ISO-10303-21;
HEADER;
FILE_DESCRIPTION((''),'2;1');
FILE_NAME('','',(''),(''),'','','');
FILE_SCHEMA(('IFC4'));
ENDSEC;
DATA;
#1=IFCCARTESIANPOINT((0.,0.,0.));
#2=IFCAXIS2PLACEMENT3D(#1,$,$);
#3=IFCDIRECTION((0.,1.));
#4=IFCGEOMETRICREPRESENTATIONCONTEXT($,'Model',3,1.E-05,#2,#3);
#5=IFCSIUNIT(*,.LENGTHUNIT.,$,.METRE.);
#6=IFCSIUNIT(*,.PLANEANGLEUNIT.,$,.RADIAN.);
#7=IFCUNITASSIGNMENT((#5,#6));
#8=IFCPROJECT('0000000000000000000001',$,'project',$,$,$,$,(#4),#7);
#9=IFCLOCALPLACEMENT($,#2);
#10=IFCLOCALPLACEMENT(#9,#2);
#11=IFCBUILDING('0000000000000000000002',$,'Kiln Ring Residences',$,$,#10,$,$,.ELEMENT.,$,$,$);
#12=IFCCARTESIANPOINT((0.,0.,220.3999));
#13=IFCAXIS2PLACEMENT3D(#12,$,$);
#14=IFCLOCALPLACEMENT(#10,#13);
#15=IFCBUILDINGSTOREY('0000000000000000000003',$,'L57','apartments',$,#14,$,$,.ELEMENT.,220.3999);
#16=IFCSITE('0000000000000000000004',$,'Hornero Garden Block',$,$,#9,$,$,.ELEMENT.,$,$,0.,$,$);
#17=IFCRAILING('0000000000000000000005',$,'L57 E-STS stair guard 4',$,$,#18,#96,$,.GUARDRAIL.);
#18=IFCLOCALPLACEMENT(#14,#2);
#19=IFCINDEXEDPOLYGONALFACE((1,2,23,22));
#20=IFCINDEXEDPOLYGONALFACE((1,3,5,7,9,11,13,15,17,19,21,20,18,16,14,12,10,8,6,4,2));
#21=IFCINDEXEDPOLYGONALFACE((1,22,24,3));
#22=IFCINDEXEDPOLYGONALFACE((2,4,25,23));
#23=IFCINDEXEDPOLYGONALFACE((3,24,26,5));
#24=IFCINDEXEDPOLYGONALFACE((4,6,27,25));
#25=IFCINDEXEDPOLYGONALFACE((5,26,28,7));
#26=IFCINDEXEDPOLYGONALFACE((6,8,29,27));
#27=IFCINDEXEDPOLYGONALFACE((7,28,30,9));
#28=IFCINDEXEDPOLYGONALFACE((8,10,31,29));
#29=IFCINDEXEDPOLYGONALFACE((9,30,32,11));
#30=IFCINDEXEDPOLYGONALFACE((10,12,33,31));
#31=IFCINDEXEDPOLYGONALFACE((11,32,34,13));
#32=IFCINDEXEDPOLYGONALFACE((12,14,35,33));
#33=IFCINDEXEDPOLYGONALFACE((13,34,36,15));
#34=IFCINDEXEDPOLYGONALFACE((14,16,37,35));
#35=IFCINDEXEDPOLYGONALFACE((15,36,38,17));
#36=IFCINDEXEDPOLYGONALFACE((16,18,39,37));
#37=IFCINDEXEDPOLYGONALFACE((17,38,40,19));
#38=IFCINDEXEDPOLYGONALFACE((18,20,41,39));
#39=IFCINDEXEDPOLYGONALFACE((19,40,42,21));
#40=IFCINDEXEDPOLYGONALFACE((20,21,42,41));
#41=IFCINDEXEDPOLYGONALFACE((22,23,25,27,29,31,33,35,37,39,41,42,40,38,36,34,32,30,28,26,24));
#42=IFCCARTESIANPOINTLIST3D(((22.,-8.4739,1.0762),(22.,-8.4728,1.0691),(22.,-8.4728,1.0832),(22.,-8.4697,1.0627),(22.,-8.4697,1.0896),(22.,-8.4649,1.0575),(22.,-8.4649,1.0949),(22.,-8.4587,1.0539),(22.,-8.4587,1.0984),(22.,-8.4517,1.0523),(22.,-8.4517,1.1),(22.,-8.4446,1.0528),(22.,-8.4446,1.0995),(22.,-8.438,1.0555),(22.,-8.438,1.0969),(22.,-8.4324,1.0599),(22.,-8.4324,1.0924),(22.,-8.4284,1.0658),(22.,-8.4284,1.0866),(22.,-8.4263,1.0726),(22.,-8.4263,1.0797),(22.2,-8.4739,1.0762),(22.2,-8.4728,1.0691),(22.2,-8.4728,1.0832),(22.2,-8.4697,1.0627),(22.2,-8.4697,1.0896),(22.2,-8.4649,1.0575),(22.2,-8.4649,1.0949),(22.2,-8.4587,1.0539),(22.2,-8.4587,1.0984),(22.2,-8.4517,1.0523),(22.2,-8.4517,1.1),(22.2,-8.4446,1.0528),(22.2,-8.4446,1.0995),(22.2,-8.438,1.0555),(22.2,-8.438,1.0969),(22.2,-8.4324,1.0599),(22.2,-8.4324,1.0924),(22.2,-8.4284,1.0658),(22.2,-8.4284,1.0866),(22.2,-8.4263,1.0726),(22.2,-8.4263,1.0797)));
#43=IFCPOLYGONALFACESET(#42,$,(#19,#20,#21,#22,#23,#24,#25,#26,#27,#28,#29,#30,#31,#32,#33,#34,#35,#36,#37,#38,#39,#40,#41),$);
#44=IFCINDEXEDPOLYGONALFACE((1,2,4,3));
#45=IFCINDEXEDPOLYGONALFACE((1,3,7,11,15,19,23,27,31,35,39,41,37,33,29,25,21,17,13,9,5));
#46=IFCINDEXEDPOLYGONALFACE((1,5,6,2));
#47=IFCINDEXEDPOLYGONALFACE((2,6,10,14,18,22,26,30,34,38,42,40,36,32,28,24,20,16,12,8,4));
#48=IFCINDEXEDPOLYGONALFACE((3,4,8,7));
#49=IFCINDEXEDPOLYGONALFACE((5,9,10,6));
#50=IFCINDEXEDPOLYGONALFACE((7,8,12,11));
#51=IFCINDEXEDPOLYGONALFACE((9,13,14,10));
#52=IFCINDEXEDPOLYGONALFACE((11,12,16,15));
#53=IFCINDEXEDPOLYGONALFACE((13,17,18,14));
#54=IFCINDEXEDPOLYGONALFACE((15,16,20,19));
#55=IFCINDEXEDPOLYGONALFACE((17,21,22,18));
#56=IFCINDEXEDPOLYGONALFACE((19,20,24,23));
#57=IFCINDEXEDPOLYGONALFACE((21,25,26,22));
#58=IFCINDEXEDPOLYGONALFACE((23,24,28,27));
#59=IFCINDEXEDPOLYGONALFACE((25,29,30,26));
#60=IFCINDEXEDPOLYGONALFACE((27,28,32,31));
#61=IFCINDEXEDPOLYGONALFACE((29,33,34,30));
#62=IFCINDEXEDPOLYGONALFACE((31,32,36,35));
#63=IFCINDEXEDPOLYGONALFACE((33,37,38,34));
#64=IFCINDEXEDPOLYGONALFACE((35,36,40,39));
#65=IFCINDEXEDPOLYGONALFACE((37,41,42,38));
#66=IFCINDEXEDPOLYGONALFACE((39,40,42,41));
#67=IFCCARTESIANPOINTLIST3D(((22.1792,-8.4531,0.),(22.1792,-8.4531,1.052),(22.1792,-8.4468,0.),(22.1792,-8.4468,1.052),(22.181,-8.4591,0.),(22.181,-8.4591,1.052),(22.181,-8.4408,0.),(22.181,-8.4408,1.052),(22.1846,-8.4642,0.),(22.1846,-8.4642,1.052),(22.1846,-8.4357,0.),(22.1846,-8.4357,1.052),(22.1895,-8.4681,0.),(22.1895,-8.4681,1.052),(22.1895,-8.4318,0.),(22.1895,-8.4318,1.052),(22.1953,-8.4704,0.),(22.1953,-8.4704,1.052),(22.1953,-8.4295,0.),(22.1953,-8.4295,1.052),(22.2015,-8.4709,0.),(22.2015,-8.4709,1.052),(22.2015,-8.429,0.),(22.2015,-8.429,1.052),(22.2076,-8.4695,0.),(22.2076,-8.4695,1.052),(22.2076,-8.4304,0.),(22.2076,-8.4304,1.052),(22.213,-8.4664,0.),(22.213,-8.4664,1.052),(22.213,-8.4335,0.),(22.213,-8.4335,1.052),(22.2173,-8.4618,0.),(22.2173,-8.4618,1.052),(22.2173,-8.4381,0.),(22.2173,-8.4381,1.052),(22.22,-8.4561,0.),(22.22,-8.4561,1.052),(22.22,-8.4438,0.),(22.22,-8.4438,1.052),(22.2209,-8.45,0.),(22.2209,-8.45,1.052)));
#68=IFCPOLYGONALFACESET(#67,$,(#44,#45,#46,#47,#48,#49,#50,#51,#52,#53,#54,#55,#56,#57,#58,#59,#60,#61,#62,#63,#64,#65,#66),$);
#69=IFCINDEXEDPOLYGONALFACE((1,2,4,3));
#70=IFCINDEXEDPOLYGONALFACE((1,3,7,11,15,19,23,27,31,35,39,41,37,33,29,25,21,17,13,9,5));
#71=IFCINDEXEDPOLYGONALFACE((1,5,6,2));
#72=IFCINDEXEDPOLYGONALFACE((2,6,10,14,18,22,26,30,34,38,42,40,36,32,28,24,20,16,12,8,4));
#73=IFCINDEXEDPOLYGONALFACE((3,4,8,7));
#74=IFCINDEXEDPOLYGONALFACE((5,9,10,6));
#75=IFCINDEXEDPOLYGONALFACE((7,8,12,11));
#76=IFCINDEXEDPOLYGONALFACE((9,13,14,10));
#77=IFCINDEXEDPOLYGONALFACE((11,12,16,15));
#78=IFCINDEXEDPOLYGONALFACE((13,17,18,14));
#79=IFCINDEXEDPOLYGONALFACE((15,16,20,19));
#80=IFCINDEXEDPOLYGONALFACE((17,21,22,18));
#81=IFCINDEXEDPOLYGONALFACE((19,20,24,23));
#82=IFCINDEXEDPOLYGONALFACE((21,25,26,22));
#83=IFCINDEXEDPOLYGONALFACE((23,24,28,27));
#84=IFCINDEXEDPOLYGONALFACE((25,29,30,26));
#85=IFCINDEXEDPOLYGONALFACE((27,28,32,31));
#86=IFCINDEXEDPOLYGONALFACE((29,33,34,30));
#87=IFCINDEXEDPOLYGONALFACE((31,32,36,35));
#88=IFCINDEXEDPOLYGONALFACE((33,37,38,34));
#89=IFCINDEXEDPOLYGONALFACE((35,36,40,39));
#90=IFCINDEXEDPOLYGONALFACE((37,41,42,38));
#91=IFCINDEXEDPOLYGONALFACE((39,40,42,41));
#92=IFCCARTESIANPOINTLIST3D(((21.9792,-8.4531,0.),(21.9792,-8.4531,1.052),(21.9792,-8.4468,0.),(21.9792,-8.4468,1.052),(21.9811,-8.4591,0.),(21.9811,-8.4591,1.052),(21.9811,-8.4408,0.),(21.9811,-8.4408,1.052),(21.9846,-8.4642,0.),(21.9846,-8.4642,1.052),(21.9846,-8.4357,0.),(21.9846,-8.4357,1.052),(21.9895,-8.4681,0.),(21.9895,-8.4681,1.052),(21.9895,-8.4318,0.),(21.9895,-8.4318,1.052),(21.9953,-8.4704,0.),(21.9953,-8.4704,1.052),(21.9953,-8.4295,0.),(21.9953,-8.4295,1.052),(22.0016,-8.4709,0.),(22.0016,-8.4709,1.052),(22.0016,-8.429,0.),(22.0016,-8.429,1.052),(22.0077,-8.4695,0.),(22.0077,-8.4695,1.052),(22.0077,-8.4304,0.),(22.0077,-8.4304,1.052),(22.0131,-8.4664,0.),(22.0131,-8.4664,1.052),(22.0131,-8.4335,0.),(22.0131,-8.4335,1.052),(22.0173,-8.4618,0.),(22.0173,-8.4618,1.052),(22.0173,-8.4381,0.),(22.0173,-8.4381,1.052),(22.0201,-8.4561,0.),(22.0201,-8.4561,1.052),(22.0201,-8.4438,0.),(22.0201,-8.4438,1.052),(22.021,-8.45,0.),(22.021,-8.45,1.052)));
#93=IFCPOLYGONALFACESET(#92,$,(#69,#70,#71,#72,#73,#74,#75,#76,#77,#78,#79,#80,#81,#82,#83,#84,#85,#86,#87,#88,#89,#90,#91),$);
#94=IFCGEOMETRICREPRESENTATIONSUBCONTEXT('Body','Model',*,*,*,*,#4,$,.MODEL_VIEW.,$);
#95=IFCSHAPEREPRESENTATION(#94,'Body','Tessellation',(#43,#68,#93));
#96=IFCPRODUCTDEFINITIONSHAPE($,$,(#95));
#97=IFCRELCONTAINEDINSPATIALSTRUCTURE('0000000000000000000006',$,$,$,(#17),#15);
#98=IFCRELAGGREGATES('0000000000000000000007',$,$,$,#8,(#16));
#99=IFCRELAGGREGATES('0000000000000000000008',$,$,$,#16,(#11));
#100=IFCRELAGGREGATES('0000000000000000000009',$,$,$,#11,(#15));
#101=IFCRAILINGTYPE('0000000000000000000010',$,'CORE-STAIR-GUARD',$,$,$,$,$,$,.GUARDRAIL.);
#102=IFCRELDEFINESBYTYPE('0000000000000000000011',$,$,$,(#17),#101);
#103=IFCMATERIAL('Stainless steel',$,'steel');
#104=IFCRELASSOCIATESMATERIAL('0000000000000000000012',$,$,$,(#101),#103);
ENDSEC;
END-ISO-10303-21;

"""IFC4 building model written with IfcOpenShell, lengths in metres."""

from ifc_helpers import new_model, si_unit, direction, frame, origin, origin_2d, place, context, subcontext, project, spatial, circle, extrude, material, type_object, element, save


model = new_model("IFC4")

# Units and contexts
model_context = context("Model", 3, precision=1e-05, world=origin(), true_north=direction((0.0, 1.0)))
body_context = subcontext(model_context, "Body", "Model", "MODEL_VIEW")
ifc_project = project(units=[si_unit("LENGTHUNIT", "METRE"), si_unit("PLANEANGLEUNIT", "RADIAN")], contexts=[model_context])

# Site, building, storey
site_placement = place(None, origin())
site = spatial("IfcSite", under=ifc_project, at=site_placement, Name="Hornero Garden Block", CompositionType="ELEMENT", RefElevation=0.0)
building_placement = place(site_placement, origin())
building = spatial("IfcBuilding", under=site, at=building_placement, Name="Kiln Ring Residences", CompositionType="ELEMENT")
storey_placement = place(building_placement, frame((0.0, 0.0, 220.3999)))
storey = spatial("IfcBuildingStorey", under=building, at=storey_placement, Name="L57", Description="apartments", CompositionType="ELEMENT", Elevation=220.3999)

# Railing
ifc_material_1 = material(Name="Stainless steel", Category="steel")
railing_type_1 = type_object("IfcRailingType", Name="CORE-STAIR-GUARD", PredefinedType="GUARDRAIL", material=ifc_material_1)
railing_1_placement = place(storey_placement, frame((22.2, -8.45, 0.0)))
element("IfcRailing", 1, at=railing_1_placement, inside=storey, type_object=railing_type_1, Name="L57 E-STS stair guard 4", PredefinedType="GUARDRAIL", context=body_context, shape_type="SweptSolid", body=[
    extrude(circle(Radius=0.0239, at=origin_2d()), frame((0.0, 0.0, 1.0762), z_axis=(-1.0, 0.0, 0.0), x_axis=(0.0, -1.0, 0.0)), (0.0, 0.0, 1.0), 0.2),
    extrude(circle(Radius=0.021, at=origin_2d()), origin(), (0.0, 0.0, 1.0), 1.052),
    extrude(circle(Radius=0.021, at=origin_2d()), frame((-0.2, 0.0, 0.0)), (0.0, 0.0, 1.0), 1.052),
])

save(model, "model.ifc")
